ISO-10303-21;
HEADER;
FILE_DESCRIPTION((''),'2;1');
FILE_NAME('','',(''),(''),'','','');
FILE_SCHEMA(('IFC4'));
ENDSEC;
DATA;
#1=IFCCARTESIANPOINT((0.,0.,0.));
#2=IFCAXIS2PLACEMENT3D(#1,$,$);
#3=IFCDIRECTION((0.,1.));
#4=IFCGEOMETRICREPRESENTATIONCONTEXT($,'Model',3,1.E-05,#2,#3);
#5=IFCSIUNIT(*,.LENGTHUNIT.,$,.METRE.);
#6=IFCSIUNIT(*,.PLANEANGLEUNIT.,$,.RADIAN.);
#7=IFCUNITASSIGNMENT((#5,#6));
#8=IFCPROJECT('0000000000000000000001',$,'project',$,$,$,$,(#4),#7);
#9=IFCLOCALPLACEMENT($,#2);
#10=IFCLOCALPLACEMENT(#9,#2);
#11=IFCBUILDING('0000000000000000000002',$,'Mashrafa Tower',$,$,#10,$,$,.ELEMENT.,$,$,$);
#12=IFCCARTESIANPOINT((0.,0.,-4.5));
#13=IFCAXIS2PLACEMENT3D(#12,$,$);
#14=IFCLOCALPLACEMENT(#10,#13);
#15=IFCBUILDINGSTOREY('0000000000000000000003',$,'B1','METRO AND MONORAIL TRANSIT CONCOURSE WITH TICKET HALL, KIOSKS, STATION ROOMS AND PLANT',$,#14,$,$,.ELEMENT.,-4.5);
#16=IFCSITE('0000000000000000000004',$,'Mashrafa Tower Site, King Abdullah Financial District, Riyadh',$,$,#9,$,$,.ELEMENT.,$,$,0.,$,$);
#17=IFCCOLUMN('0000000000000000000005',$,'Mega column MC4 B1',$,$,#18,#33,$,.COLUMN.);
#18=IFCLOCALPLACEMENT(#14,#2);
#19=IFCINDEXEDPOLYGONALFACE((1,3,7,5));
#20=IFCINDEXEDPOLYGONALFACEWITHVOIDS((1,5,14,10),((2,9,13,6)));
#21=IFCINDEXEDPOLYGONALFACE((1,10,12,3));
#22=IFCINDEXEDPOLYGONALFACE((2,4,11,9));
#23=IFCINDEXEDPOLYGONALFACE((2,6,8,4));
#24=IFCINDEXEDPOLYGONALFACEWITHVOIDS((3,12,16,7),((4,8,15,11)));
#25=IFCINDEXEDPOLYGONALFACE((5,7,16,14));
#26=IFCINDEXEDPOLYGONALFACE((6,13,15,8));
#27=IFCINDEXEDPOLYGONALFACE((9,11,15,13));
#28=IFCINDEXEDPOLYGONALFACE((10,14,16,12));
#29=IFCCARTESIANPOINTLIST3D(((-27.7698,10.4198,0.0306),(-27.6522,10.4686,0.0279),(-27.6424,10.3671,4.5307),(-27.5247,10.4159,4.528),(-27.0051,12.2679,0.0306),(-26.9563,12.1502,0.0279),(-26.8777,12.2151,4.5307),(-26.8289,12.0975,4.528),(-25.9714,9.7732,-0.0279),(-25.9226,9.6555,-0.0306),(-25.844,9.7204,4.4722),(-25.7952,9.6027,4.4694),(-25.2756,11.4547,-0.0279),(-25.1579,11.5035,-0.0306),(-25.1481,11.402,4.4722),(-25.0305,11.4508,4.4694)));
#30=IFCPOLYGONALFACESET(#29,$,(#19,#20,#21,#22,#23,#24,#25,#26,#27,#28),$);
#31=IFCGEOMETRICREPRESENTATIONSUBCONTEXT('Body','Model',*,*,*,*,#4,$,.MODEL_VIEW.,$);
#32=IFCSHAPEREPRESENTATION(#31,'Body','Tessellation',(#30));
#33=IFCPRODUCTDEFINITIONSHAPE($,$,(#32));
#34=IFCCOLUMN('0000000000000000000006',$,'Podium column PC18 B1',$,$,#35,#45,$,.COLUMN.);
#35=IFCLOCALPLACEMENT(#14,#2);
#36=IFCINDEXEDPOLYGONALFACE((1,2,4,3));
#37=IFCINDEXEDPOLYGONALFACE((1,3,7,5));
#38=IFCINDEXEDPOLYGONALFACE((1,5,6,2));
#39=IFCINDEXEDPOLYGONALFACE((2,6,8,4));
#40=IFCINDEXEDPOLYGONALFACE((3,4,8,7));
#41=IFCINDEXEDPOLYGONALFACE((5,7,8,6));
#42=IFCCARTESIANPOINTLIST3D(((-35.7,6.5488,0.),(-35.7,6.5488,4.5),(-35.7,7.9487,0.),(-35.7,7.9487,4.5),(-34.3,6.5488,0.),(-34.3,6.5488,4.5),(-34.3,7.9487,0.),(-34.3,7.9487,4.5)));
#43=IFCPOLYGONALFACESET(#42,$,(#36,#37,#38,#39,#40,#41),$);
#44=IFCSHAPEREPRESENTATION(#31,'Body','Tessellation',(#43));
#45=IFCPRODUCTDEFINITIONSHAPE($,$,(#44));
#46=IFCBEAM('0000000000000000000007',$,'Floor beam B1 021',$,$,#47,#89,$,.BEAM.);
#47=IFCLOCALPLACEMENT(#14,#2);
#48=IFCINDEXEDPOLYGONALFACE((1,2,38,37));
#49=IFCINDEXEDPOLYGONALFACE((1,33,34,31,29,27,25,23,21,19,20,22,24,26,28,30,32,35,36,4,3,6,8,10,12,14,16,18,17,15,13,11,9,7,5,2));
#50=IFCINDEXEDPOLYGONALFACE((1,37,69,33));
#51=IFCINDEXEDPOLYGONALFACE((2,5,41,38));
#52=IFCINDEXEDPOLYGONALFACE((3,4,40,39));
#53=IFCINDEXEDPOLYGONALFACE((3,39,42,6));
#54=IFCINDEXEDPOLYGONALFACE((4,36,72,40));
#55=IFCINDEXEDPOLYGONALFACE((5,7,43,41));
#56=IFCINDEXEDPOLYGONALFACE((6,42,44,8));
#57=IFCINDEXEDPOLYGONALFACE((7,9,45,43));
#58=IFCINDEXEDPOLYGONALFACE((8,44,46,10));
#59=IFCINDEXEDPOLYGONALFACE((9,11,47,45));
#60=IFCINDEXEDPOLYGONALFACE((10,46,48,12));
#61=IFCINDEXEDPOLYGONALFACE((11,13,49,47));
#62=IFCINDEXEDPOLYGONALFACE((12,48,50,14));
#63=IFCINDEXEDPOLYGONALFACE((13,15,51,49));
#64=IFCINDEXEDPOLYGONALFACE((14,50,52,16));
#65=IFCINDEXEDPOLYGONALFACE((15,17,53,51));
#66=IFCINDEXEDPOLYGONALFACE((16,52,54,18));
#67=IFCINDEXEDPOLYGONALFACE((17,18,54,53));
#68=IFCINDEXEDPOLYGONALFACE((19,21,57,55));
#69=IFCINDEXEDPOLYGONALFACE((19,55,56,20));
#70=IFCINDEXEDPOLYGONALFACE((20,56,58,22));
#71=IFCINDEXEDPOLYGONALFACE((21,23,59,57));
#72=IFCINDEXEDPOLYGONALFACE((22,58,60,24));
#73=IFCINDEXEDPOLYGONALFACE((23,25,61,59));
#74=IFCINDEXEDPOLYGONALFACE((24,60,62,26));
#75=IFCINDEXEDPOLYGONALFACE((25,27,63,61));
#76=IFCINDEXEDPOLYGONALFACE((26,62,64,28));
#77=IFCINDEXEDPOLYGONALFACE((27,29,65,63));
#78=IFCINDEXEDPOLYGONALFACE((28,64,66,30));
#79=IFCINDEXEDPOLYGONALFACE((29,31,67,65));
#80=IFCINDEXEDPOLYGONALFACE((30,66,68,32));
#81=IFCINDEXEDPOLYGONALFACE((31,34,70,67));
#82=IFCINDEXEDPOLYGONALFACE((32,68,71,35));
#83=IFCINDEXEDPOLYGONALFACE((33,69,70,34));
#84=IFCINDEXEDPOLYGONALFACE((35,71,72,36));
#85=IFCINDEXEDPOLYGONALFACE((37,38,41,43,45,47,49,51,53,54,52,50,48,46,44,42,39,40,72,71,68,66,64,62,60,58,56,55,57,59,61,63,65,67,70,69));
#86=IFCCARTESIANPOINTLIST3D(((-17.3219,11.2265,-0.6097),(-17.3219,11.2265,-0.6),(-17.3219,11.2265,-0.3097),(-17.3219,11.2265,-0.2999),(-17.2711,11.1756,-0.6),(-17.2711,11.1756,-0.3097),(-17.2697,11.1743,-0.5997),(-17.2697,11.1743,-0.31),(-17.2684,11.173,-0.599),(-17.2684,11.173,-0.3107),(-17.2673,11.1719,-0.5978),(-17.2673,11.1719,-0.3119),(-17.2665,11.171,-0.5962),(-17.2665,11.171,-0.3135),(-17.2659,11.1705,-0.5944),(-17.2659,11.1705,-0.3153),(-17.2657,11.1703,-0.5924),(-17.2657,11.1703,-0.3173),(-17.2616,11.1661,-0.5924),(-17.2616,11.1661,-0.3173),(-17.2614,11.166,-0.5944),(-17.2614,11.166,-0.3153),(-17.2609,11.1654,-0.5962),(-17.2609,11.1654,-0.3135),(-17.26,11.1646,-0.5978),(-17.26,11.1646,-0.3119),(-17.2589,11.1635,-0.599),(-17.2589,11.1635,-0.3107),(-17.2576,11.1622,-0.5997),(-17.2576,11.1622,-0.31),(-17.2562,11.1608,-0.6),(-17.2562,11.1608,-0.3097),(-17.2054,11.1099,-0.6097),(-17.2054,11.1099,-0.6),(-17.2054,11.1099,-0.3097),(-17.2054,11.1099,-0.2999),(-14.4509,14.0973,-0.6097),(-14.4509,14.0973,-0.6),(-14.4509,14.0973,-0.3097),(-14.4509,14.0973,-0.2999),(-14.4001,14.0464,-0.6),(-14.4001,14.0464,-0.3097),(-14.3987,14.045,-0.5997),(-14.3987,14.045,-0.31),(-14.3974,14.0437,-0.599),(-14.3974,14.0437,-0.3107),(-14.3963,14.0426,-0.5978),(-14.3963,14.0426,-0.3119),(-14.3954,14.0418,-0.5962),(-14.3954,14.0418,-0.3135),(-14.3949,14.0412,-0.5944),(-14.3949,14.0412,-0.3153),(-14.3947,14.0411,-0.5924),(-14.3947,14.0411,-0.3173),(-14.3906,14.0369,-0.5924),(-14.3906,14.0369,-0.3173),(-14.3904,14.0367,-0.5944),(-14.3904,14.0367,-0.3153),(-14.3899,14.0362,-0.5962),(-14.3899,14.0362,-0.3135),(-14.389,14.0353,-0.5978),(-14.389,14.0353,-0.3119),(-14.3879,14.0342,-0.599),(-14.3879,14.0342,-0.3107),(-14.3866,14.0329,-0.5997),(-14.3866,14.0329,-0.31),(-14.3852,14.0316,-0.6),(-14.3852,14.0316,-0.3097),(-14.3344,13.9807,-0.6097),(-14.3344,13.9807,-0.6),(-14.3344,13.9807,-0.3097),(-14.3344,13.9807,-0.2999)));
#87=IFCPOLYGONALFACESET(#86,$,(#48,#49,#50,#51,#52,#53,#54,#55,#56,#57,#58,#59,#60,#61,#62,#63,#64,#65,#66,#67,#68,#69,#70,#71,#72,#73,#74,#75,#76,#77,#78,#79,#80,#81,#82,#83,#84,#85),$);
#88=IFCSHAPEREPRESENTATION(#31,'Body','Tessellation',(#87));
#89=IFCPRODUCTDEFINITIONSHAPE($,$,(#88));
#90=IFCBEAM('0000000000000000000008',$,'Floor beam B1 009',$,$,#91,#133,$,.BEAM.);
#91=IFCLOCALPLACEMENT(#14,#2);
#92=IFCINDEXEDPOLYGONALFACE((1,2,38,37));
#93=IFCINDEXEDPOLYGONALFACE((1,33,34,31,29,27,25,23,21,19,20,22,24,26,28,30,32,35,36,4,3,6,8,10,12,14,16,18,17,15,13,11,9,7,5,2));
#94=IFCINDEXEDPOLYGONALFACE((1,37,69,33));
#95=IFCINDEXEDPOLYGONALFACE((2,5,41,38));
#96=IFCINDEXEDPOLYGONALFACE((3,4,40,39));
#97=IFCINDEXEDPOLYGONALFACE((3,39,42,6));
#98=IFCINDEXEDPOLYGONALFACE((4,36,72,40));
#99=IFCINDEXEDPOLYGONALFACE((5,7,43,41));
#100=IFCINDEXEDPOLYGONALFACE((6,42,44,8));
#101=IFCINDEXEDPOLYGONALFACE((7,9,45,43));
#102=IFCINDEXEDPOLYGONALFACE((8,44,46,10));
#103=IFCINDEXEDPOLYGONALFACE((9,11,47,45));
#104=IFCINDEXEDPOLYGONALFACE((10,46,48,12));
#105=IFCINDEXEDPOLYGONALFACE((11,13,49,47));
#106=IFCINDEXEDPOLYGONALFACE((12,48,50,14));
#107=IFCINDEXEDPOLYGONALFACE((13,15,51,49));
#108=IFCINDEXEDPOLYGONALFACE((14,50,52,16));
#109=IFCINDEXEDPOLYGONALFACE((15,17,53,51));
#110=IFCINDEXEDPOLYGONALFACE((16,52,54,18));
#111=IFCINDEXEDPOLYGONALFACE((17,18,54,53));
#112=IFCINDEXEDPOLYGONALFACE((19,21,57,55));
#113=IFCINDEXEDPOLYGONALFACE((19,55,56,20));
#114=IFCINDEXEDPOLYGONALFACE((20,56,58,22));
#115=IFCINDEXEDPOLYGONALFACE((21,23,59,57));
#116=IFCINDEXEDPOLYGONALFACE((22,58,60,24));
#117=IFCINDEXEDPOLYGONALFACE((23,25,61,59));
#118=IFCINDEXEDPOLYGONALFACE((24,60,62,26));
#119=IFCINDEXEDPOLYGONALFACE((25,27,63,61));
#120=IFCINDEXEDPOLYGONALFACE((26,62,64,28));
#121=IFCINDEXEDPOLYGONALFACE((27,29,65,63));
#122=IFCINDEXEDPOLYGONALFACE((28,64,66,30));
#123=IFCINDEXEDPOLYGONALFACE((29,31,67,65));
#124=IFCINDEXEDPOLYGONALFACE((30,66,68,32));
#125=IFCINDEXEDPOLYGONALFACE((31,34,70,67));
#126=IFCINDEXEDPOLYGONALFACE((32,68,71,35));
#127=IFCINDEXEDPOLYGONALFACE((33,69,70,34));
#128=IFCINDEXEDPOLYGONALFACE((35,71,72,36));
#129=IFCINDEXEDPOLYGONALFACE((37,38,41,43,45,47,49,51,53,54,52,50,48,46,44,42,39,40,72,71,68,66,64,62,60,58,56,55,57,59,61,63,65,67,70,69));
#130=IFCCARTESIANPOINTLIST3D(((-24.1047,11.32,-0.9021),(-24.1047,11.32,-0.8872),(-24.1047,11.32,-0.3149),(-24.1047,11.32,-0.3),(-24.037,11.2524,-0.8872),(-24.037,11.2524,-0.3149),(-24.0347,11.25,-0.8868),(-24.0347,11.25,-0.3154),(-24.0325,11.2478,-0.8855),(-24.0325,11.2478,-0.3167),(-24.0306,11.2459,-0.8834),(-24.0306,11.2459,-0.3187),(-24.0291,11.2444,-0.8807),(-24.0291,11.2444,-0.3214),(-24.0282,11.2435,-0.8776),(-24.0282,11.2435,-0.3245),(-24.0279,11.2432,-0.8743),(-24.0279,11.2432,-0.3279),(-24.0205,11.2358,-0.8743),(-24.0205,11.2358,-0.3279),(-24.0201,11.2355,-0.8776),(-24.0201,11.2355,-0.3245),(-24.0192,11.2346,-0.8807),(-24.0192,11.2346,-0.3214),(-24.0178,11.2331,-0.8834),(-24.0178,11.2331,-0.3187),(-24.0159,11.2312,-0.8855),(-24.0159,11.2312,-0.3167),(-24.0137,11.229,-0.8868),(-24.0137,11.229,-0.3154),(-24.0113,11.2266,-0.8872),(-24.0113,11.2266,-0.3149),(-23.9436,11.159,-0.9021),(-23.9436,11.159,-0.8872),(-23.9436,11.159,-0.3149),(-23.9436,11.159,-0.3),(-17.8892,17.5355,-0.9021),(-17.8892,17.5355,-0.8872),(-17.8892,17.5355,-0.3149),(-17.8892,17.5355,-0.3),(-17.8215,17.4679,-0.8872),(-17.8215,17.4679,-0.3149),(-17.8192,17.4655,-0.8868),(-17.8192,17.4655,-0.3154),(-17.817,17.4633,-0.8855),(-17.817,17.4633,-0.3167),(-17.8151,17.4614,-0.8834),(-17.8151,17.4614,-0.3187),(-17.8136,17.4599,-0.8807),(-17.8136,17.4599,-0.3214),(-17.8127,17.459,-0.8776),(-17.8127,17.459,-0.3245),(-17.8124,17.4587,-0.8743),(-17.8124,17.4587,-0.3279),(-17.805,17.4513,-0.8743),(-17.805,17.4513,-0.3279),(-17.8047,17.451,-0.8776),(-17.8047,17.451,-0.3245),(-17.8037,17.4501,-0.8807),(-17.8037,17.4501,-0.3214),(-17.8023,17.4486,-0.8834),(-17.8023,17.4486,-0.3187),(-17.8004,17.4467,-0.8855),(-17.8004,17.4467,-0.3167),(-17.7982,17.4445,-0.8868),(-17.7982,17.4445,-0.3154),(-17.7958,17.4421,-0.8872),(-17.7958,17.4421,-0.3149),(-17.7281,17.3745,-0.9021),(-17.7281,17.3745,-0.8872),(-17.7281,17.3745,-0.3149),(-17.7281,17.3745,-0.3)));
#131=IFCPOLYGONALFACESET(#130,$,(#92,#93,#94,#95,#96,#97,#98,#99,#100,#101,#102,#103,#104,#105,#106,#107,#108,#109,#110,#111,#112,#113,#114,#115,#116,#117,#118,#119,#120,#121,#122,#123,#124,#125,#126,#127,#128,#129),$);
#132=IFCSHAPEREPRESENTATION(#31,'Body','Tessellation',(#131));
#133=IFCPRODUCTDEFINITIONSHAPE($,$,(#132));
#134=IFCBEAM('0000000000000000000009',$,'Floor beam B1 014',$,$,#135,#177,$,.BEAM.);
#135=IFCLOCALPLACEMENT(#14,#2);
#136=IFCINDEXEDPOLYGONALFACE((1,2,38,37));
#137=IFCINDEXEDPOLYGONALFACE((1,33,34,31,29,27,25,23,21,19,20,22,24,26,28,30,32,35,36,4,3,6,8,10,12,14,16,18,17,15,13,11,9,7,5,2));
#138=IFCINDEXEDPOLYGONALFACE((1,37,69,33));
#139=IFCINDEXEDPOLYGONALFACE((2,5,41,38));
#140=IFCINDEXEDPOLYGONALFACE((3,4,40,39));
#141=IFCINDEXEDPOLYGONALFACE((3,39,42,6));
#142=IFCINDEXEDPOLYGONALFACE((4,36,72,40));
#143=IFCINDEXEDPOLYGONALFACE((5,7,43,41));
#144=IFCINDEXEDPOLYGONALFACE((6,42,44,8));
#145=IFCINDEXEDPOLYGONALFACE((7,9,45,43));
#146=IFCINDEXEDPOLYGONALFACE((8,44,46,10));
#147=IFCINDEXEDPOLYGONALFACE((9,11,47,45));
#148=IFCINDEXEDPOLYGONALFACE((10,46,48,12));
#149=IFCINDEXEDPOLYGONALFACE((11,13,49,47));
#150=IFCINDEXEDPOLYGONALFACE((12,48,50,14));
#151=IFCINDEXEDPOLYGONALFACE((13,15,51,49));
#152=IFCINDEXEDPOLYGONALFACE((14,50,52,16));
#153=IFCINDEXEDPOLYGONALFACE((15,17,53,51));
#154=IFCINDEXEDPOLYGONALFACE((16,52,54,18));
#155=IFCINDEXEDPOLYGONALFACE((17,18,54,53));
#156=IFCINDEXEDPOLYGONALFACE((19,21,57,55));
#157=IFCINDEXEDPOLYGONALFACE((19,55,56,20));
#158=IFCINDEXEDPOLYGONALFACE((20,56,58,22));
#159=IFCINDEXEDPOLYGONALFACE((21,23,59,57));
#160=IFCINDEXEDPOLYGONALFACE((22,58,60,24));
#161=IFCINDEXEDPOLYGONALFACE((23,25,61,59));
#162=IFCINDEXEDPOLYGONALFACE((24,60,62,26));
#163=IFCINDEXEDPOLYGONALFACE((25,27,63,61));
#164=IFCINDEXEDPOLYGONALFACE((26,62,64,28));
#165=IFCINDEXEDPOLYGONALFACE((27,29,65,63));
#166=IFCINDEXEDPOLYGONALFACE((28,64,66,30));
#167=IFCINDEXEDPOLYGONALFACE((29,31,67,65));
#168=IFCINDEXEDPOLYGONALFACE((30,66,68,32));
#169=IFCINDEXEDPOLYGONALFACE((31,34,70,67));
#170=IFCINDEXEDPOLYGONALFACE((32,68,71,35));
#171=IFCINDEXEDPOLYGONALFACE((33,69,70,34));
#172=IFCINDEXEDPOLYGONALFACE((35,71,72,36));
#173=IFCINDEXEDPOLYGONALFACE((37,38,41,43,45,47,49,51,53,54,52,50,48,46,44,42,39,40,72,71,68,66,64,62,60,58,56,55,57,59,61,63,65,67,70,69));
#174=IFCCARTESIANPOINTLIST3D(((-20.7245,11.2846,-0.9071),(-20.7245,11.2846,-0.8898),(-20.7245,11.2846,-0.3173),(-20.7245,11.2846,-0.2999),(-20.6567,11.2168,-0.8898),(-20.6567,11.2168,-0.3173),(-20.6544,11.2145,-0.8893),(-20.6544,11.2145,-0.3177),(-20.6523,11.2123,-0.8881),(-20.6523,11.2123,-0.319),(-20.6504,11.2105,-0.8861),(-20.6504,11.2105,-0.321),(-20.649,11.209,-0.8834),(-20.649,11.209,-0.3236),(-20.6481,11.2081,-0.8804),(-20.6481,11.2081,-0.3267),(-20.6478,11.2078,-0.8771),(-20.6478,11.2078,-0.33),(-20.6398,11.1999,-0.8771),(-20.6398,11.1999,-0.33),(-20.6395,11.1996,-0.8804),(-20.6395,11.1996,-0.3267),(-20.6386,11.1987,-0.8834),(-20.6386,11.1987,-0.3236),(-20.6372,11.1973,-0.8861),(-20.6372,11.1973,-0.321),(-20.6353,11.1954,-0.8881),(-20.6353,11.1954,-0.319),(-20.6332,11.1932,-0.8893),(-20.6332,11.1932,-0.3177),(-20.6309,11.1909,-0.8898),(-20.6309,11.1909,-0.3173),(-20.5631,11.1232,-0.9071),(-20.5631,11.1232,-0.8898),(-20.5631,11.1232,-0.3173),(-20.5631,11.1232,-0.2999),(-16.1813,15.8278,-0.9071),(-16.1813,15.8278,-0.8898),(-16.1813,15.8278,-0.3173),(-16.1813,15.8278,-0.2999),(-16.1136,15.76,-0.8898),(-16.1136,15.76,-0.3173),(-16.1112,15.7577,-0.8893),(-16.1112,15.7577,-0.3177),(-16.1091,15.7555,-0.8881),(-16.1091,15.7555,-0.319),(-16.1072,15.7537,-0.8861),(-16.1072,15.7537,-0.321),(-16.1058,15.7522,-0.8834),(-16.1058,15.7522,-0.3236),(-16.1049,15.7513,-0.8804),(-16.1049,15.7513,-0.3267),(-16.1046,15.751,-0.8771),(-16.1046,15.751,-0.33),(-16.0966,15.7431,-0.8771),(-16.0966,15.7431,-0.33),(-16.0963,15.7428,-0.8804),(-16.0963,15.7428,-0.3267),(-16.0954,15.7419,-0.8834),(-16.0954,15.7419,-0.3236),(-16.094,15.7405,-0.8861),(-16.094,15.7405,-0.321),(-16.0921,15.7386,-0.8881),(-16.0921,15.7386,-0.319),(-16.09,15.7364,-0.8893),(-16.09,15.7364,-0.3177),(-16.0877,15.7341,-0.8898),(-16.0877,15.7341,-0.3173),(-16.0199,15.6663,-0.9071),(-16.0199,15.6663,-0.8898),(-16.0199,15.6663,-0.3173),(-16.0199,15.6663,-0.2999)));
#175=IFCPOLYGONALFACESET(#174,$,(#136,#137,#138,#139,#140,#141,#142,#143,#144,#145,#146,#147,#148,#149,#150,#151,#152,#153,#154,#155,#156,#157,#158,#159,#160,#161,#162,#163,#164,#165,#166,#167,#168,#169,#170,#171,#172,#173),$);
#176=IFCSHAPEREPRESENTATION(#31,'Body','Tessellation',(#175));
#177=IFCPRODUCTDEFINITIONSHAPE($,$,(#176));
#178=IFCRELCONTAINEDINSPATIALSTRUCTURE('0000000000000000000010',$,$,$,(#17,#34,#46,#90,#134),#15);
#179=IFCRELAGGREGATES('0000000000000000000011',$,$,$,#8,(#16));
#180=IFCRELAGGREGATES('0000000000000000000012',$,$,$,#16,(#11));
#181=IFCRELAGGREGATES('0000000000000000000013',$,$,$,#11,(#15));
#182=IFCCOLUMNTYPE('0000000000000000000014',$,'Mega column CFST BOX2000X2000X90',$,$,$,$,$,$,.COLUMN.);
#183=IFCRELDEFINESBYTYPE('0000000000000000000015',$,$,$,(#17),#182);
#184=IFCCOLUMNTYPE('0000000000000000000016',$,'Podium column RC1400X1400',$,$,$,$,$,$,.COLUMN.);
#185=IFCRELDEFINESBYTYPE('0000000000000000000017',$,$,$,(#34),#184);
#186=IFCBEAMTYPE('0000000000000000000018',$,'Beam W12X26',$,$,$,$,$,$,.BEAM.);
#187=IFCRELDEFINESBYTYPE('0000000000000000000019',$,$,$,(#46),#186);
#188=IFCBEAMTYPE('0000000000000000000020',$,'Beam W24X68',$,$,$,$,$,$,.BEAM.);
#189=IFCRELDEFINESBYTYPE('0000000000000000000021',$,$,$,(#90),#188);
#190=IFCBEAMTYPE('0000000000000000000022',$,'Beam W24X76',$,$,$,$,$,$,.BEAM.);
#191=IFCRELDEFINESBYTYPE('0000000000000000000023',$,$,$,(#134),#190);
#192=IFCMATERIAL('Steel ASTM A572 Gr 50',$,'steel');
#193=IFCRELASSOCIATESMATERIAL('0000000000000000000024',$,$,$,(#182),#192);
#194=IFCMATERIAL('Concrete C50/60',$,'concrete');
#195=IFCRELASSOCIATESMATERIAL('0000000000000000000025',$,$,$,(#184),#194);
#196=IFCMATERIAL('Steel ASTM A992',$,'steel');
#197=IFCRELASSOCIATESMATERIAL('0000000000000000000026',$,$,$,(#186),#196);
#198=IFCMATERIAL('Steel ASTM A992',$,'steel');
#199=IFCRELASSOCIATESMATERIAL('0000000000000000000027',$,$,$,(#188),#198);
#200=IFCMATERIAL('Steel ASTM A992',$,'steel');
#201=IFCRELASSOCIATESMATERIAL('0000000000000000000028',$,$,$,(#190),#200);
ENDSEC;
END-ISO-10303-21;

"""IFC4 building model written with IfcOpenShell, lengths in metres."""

from ifc_helpers import new_model, si_unit, direction, frame, origin, origin_2d, place, context, subcontext, project, spatial, rectangle, hollow_rectangle, i_section, extrude, material, material_profile, profile_set, type_object, element, save


model = new_model("IFC4")

# Units and contexts
model_context = context("Model", 3, precision=1e-05, world=origin(), true_north=direction((0.0, 1.0)))
body_context = subcontext(model_context, "Body", "Model", "MODEL_VIEW")
ifc_project = project(units=[si_unit("LENGTHUNIT", "METRE"), si_unit("PLANEANGLEUNIT", "RADIAN")], contexts=[model_context])

# Site, building, storey
site_placement = place(None, origin())
site = spatial("IfcSite", under=ifc_project, at=site_placement, Name="Mashrafa Tower Site, King Abdullah Financial District, Riyadh", CompositionType="ELEMENT", RefElevation=0.0)
building_placement = place(site_placement, origin())
building = spatial("IfcBuilding", under=site, at=building_placement, Name="Mashrafa Tower", CompositionType="ELEMENT")
storey_placement = place(building_placement, frame((0.0, 0.0, -4.5)))
storey = spatial("IfcBuildingStorey", under=building, at=storey_placement, Name="B1", Description="METRO AND MONORAIL TRANSIT CONCOURSE WITH TICKET HALL, KIOSKS, STATION ROOMS AND PLANT", CompositionType="ELEMENT", Elevation=-4.5)

# Columns
ifc_material_1 = material(Name="Steel ASTM A572 Gr 50", Category="steel")
ifc_material_profile_1 = material_profile(ifc_material_1, hollow_rectangle(XDim=2.0, YDim=2.0, WallThickness=0.0901, at=origin_2d()), Name="BOX2000X2000X90")
ifc_profile_set_1 = profile_set([ifc_material_profile_1], Name="Steel ASTM A572 Gr 50")
column_type_1 = type_object("IfcColumnType", Name="Mega column CFST BOX2000X2000X90", PredefinedType="COLUMN", material=ifc_profile_set_1)
column_1_placement = place(storey_placement, frame((-26.4639, 10.9617, 0.0), z_axis=(0.028307, -0.011713, 0.999531), x_axis=(0.382352, 0.924017, 0.0)))
element("IfcColumn", 1, at=column_1_placement, inside=storey, type_object=column_type_1, Name="Mega column MC4 B1", PredefinedType="COLUMN", context=body_context, shape_type="SweptSolid", body=[
    extrude(hollow_rectangle(XDim=2.0, YDim=2.0, WallThickness=0.0901, at=origin_2d()), origin(), (0.0, 0.0, 1.0), 4.5022),
])
ifc_material_2 = material(Name="Concrete C50/60", Category="concrete")
ifc_material_profile_2 = material_profile(ifc_material_2, rectangle(XDim=1.3999, YDim=1.3999, at=origin_2d()), Name="RC1400X1400")
ifc_profile_set_2 = profile_set([ifc_material_profile_2], Name="Concrete C50/60")
column_type_2 = type_object("IfcColumnType", Name="Podium column RC1400X1400", PredefinedType="COLUMN", material=ifc_profile_set_2)
column_2_placement = place(storey_placement, frame((-35.0, 7.2488, 0.0), z_axis=(0.0, 0.0, 1.0), x_axis=(1.0, 0.0, 0.0)))
element("IfcColumn", 2, at=column_2_placement, inside=storey, type_object=column_type_2, Name="Podium column PC18 B1", PredefinedType="COLUMN", context=body_context, shape_type="SweptSolid", body=[
    extrude(rectangle(XDim=1.3999, YDim=1.3999, at=origin_2d()), origin(), (0.0, 0.0, 1.0), 4.5),
])

# Beams
ifc_material_3 = material(Name="Steel ASTM A992", Category="steel")
ifc_material_profile_3 = material_profile(ifc_material_3, i_section(OverallWidth=0.1648, OverallDepth=0.3098, WebThickness=0.0059, FlangeThickness=0.0098, FilletRadius=0.0076, at=origin_2d()), Name="W12X26")
ifc_profile_set_3 = profile_set([ifc_material_profile_3], Name="Steel ASTM A992")
beam_type_1 = type_object("IfcBeamType", Name="Beam W12X26", PredefinedType="BEAM", material=ifc_profile_set_3)
beam_1_placement = place(storey_placement, frame((-17.2637, 11.1682, -0.4548), z_axis=(0.707137, 0.707077, 0.0), x_axis=(-0.707077, 0.707137, 0.0)))
element("IfcBeam", 3, at=beam_1_placement, inside=storey, type_object=beam_type_1, Name="Floor beam B1 021", PredefinedType="BEAM", context=body_context, shape_type="SweptSolid", body=[
    extrude(i_section(OverallWidth=0.1648, OverallDepth=0.3098, WebThickness=0.0059, FlangeThickness=0.0098, FilletRadius=0.0076, at=origin_2d()), origin(), (0.0, 0.0, 1.0), 4.0601),
])
ifc_material_4 = material(Name="Steel ASTM A992", Category="steel")
ifc_material_profile_4 = material_profile(ifc_material_4, i_section(OverallWidth=0.2278, OverallDepth=0.6021, WebThickness=0.0105, FlangeThickness=0.0149, FilletRadius=0.0129, at=origin_2d()), Name="W24X68")
ifc_profile_set_4 = profile_set([ifc_material_profile_4], Name="Steel ASTM A992")
beam_type_2 = type_object("IfcBeamType", Name="Beam W24X68", PredefinedType="BEAM", material=ifc_profile_set_4)
beam_2_placement = place(storey_placement, frame((-24.0242, 11.2395, -0.6011), z_axis=(0.707107, 0.707107, 0.0), x_axis=(-0.707107, 0.707107, 0.0)))
element("IfcBeam", 4, at=beam_2_placement, inside=storey, type_object=beam_type_2, Name="Floor beam B1 009", PredefinedType="BEAM", context=body_context, shape_type="SweptSolid", body=[
    extrude(i_section(OverallWidth=0.2278, OverallDepth=0.6021, WebThickness=0.0105, FlangeThickness=0.0149, FilletRadius=0.0129, at=origin_2d()), origin(), (0.0, 0.0, 1.0), 8.79),
])
ifc_material_5 = material(Name="Steel ASTM A992", Category="steel")
ifc_material_profile_5 = material_profile(ifc_material_5, i_section(OverallWidth=0.2283, OverallDepth=0.6072, WebThickness=0.0112, FlangeThickness=0.0173, FilletRadius=0.0127, at=origin_2d()), Name="W24X76")
ifc_profile_set_5 = profile_set([ifc_material_profile_5], Name="Steel ASTM A992")
beam_type_3 = type_object("IfcBeamType", Name="Beam W24X76", PredefinedType="BEAM", material=ifc_profile_set_5)
beam_3_placement = place(storey_placement, frame((-20.6438, 11.2039, -0.6035), z_axis=(0.707107, 0.707107, 0.0), x_axis=(-0.707107, 0.707107, 0.0)))
element("IfcBeam", 5, at=beam_3_placement, inside=storey, type_object=beam_type_3, Name="Floor beam B1 014", PredefinedType="BEAM", context=body_context, shape_type="SweptSolid", body=[
    extrude(i_section(OverallWidth=0.2283, OverallDepth=0.6072, WebThickness=0.0112, FlangeThickness=0.0173, FilletRadius=0.0127, at=origin_2d()), origin(), (0.0, 0.0, 1.0), 6.425),
])

save(model, "model.ifc")
